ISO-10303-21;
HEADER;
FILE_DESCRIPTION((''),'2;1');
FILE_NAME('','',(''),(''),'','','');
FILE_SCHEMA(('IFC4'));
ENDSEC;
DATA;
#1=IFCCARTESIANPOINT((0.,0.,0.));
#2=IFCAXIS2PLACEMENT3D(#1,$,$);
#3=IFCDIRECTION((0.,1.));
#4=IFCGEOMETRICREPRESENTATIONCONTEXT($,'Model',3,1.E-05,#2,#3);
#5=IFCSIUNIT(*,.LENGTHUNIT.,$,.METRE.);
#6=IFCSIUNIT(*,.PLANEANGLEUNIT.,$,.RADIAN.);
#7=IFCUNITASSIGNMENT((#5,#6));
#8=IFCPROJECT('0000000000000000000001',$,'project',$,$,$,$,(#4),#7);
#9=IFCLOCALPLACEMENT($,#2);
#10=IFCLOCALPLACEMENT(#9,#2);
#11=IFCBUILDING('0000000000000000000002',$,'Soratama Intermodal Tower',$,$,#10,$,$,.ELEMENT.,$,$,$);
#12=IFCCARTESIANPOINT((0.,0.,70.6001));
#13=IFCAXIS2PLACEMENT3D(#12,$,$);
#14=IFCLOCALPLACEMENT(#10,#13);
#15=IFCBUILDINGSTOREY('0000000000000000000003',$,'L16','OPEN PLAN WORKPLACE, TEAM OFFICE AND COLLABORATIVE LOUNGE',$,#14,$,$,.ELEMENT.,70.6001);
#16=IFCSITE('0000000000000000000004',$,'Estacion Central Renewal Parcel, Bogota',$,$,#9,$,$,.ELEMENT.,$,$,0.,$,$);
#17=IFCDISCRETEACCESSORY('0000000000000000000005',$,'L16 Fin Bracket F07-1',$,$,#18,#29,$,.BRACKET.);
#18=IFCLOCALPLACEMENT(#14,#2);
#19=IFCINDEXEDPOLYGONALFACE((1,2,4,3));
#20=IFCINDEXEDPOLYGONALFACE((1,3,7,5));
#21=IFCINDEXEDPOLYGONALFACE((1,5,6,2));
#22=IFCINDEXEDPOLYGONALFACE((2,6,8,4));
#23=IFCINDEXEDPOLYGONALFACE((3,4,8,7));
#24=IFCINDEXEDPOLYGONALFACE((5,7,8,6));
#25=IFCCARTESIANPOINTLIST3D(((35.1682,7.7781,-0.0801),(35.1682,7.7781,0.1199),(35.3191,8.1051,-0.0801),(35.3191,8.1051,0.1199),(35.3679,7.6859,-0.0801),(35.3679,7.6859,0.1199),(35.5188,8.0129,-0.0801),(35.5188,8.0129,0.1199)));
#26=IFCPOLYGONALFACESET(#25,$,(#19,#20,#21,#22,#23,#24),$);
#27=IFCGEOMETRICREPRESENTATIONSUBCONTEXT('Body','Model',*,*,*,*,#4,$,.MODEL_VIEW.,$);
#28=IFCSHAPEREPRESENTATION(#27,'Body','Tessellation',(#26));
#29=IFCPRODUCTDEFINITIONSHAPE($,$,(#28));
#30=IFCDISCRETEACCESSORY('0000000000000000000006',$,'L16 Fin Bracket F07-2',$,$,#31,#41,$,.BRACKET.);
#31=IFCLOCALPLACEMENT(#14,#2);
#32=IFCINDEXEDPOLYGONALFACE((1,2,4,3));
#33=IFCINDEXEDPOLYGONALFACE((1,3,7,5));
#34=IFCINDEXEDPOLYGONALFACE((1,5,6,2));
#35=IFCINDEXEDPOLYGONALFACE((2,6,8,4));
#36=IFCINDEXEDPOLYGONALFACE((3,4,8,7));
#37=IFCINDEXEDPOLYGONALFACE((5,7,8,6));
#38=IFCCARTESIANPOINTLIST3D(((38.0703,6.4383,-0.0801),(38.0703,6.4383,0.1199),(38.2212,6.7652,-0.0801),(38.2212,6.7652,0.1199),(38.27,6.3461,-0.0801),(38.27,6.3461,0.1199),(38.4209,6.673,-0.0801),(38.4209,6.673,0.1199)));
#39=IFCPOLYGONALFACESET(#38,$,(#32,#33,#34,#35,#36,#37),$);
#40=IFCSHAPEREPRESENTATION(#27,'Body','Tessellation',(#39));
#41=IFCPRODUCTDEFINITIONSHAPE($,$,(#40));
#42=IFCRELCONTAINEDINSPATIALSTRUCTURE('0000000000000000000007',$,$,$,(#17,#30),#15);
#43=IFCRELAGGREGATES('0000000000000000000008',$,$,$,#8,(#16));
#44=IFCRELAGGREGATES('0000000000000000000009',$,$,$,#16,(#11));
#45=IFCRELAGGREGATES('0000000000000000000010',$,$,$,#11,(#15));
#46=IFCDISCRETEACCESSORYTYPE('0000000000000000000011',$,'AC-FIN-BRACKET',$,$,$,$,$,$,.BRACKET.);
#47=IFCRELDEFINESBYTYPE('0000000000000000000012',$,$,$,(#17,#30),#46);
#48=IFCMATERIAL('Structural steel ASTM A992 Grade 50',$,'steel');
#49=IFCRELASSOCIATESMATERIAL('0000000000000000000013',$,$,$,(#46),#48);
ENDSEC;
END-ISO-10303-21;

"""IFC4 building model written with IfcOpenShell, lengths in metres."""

from ifc_helpers import new_model, si_unit, direction, frame, origin, origin_2d, place, context, subcontext, project, spatial, rectangle, extrude, material, type_object, element, save


model = new_model("IFC4")

# Units and contexts
model_context = context("Model", 3, precision=1e-05, world=origin(), true_north=direction((0.0, 1.0)))
body_context = subcontext(model_context, "Body", "Model", "MODEL_VIEW")
ifc_project = project(units=[si_unit("LENGTHUNIT", "METRE"), si_unit("PLANEANGLEUNIT", "RADIAN")], contexts=[model_context])

# Site, building, storey
site_placement = place(None, origin())
site = spatial("IfcSite", under=ifc_project, at=site_placement, Name="Estacion Central Renewal Parcel, Bogota", CompositionType="ELEMENT", RefElevation=0.0)
building_placement = place(site_placement, origin())
building = spatial("IfcBuilding", under=site, at=building_placement, Name="Soratama Intermodal Tower", CompositionType="ELEMENT")
storey_placement = place(building_placement, frame((0.0, 0.0, 70.6001)))
storey = spatial("IfcBuildingStorey", under=building, at=storey_placement, Name="L16", Description="OPEN PLAN WORKPLACE, TEAM OFFICE AND COLLABORATIVE LOUNGE", CompositionType="ELEMENT", Elevation=70.6001)

# Discrete accessories
ifc_material_1 = material(Name="Structural steel ASTM A992 Grade 50", Category="steel")
discrete_accessory_type = type_object("IfcDiscreteAccessoryType", Name="AC-FIN-BRACKET", PredefinedType="BRACKET", material=ifc_material_1)
for number, where, z_axis, x_axis, name in (
    (1, (35.3435, 7.8955, -0.0801), (0.0, 0.0, 1.0), (-0.419135, -0.907924, 0.0), "L16 Fin Bracket F07-1"),
    (2, (38.2456, 6.5557, -0.0801), (0.0, 0.0, 1.0), (-0.419135, -0.907924, 0.0), "L16 Fin Bracket F07-2"),
):
    element("IfcDiscreteAccessory", number, at=place(storey_placement, frame(where, z_axis=z_axis, x_axis=x_axis)), inside=storey, type_object=discrete_accessory_type, Name=name, PredefinedType="BRACKET", context=body_context, shape_type="SweptSolid", body=[
        extrude(rectangle(XDim=0.3601, YDim=0.22, at=origin_2d()), origin(), (0.0, 0.0, 1.0), 0.2),
    ])

save(model, "model.ifc")
